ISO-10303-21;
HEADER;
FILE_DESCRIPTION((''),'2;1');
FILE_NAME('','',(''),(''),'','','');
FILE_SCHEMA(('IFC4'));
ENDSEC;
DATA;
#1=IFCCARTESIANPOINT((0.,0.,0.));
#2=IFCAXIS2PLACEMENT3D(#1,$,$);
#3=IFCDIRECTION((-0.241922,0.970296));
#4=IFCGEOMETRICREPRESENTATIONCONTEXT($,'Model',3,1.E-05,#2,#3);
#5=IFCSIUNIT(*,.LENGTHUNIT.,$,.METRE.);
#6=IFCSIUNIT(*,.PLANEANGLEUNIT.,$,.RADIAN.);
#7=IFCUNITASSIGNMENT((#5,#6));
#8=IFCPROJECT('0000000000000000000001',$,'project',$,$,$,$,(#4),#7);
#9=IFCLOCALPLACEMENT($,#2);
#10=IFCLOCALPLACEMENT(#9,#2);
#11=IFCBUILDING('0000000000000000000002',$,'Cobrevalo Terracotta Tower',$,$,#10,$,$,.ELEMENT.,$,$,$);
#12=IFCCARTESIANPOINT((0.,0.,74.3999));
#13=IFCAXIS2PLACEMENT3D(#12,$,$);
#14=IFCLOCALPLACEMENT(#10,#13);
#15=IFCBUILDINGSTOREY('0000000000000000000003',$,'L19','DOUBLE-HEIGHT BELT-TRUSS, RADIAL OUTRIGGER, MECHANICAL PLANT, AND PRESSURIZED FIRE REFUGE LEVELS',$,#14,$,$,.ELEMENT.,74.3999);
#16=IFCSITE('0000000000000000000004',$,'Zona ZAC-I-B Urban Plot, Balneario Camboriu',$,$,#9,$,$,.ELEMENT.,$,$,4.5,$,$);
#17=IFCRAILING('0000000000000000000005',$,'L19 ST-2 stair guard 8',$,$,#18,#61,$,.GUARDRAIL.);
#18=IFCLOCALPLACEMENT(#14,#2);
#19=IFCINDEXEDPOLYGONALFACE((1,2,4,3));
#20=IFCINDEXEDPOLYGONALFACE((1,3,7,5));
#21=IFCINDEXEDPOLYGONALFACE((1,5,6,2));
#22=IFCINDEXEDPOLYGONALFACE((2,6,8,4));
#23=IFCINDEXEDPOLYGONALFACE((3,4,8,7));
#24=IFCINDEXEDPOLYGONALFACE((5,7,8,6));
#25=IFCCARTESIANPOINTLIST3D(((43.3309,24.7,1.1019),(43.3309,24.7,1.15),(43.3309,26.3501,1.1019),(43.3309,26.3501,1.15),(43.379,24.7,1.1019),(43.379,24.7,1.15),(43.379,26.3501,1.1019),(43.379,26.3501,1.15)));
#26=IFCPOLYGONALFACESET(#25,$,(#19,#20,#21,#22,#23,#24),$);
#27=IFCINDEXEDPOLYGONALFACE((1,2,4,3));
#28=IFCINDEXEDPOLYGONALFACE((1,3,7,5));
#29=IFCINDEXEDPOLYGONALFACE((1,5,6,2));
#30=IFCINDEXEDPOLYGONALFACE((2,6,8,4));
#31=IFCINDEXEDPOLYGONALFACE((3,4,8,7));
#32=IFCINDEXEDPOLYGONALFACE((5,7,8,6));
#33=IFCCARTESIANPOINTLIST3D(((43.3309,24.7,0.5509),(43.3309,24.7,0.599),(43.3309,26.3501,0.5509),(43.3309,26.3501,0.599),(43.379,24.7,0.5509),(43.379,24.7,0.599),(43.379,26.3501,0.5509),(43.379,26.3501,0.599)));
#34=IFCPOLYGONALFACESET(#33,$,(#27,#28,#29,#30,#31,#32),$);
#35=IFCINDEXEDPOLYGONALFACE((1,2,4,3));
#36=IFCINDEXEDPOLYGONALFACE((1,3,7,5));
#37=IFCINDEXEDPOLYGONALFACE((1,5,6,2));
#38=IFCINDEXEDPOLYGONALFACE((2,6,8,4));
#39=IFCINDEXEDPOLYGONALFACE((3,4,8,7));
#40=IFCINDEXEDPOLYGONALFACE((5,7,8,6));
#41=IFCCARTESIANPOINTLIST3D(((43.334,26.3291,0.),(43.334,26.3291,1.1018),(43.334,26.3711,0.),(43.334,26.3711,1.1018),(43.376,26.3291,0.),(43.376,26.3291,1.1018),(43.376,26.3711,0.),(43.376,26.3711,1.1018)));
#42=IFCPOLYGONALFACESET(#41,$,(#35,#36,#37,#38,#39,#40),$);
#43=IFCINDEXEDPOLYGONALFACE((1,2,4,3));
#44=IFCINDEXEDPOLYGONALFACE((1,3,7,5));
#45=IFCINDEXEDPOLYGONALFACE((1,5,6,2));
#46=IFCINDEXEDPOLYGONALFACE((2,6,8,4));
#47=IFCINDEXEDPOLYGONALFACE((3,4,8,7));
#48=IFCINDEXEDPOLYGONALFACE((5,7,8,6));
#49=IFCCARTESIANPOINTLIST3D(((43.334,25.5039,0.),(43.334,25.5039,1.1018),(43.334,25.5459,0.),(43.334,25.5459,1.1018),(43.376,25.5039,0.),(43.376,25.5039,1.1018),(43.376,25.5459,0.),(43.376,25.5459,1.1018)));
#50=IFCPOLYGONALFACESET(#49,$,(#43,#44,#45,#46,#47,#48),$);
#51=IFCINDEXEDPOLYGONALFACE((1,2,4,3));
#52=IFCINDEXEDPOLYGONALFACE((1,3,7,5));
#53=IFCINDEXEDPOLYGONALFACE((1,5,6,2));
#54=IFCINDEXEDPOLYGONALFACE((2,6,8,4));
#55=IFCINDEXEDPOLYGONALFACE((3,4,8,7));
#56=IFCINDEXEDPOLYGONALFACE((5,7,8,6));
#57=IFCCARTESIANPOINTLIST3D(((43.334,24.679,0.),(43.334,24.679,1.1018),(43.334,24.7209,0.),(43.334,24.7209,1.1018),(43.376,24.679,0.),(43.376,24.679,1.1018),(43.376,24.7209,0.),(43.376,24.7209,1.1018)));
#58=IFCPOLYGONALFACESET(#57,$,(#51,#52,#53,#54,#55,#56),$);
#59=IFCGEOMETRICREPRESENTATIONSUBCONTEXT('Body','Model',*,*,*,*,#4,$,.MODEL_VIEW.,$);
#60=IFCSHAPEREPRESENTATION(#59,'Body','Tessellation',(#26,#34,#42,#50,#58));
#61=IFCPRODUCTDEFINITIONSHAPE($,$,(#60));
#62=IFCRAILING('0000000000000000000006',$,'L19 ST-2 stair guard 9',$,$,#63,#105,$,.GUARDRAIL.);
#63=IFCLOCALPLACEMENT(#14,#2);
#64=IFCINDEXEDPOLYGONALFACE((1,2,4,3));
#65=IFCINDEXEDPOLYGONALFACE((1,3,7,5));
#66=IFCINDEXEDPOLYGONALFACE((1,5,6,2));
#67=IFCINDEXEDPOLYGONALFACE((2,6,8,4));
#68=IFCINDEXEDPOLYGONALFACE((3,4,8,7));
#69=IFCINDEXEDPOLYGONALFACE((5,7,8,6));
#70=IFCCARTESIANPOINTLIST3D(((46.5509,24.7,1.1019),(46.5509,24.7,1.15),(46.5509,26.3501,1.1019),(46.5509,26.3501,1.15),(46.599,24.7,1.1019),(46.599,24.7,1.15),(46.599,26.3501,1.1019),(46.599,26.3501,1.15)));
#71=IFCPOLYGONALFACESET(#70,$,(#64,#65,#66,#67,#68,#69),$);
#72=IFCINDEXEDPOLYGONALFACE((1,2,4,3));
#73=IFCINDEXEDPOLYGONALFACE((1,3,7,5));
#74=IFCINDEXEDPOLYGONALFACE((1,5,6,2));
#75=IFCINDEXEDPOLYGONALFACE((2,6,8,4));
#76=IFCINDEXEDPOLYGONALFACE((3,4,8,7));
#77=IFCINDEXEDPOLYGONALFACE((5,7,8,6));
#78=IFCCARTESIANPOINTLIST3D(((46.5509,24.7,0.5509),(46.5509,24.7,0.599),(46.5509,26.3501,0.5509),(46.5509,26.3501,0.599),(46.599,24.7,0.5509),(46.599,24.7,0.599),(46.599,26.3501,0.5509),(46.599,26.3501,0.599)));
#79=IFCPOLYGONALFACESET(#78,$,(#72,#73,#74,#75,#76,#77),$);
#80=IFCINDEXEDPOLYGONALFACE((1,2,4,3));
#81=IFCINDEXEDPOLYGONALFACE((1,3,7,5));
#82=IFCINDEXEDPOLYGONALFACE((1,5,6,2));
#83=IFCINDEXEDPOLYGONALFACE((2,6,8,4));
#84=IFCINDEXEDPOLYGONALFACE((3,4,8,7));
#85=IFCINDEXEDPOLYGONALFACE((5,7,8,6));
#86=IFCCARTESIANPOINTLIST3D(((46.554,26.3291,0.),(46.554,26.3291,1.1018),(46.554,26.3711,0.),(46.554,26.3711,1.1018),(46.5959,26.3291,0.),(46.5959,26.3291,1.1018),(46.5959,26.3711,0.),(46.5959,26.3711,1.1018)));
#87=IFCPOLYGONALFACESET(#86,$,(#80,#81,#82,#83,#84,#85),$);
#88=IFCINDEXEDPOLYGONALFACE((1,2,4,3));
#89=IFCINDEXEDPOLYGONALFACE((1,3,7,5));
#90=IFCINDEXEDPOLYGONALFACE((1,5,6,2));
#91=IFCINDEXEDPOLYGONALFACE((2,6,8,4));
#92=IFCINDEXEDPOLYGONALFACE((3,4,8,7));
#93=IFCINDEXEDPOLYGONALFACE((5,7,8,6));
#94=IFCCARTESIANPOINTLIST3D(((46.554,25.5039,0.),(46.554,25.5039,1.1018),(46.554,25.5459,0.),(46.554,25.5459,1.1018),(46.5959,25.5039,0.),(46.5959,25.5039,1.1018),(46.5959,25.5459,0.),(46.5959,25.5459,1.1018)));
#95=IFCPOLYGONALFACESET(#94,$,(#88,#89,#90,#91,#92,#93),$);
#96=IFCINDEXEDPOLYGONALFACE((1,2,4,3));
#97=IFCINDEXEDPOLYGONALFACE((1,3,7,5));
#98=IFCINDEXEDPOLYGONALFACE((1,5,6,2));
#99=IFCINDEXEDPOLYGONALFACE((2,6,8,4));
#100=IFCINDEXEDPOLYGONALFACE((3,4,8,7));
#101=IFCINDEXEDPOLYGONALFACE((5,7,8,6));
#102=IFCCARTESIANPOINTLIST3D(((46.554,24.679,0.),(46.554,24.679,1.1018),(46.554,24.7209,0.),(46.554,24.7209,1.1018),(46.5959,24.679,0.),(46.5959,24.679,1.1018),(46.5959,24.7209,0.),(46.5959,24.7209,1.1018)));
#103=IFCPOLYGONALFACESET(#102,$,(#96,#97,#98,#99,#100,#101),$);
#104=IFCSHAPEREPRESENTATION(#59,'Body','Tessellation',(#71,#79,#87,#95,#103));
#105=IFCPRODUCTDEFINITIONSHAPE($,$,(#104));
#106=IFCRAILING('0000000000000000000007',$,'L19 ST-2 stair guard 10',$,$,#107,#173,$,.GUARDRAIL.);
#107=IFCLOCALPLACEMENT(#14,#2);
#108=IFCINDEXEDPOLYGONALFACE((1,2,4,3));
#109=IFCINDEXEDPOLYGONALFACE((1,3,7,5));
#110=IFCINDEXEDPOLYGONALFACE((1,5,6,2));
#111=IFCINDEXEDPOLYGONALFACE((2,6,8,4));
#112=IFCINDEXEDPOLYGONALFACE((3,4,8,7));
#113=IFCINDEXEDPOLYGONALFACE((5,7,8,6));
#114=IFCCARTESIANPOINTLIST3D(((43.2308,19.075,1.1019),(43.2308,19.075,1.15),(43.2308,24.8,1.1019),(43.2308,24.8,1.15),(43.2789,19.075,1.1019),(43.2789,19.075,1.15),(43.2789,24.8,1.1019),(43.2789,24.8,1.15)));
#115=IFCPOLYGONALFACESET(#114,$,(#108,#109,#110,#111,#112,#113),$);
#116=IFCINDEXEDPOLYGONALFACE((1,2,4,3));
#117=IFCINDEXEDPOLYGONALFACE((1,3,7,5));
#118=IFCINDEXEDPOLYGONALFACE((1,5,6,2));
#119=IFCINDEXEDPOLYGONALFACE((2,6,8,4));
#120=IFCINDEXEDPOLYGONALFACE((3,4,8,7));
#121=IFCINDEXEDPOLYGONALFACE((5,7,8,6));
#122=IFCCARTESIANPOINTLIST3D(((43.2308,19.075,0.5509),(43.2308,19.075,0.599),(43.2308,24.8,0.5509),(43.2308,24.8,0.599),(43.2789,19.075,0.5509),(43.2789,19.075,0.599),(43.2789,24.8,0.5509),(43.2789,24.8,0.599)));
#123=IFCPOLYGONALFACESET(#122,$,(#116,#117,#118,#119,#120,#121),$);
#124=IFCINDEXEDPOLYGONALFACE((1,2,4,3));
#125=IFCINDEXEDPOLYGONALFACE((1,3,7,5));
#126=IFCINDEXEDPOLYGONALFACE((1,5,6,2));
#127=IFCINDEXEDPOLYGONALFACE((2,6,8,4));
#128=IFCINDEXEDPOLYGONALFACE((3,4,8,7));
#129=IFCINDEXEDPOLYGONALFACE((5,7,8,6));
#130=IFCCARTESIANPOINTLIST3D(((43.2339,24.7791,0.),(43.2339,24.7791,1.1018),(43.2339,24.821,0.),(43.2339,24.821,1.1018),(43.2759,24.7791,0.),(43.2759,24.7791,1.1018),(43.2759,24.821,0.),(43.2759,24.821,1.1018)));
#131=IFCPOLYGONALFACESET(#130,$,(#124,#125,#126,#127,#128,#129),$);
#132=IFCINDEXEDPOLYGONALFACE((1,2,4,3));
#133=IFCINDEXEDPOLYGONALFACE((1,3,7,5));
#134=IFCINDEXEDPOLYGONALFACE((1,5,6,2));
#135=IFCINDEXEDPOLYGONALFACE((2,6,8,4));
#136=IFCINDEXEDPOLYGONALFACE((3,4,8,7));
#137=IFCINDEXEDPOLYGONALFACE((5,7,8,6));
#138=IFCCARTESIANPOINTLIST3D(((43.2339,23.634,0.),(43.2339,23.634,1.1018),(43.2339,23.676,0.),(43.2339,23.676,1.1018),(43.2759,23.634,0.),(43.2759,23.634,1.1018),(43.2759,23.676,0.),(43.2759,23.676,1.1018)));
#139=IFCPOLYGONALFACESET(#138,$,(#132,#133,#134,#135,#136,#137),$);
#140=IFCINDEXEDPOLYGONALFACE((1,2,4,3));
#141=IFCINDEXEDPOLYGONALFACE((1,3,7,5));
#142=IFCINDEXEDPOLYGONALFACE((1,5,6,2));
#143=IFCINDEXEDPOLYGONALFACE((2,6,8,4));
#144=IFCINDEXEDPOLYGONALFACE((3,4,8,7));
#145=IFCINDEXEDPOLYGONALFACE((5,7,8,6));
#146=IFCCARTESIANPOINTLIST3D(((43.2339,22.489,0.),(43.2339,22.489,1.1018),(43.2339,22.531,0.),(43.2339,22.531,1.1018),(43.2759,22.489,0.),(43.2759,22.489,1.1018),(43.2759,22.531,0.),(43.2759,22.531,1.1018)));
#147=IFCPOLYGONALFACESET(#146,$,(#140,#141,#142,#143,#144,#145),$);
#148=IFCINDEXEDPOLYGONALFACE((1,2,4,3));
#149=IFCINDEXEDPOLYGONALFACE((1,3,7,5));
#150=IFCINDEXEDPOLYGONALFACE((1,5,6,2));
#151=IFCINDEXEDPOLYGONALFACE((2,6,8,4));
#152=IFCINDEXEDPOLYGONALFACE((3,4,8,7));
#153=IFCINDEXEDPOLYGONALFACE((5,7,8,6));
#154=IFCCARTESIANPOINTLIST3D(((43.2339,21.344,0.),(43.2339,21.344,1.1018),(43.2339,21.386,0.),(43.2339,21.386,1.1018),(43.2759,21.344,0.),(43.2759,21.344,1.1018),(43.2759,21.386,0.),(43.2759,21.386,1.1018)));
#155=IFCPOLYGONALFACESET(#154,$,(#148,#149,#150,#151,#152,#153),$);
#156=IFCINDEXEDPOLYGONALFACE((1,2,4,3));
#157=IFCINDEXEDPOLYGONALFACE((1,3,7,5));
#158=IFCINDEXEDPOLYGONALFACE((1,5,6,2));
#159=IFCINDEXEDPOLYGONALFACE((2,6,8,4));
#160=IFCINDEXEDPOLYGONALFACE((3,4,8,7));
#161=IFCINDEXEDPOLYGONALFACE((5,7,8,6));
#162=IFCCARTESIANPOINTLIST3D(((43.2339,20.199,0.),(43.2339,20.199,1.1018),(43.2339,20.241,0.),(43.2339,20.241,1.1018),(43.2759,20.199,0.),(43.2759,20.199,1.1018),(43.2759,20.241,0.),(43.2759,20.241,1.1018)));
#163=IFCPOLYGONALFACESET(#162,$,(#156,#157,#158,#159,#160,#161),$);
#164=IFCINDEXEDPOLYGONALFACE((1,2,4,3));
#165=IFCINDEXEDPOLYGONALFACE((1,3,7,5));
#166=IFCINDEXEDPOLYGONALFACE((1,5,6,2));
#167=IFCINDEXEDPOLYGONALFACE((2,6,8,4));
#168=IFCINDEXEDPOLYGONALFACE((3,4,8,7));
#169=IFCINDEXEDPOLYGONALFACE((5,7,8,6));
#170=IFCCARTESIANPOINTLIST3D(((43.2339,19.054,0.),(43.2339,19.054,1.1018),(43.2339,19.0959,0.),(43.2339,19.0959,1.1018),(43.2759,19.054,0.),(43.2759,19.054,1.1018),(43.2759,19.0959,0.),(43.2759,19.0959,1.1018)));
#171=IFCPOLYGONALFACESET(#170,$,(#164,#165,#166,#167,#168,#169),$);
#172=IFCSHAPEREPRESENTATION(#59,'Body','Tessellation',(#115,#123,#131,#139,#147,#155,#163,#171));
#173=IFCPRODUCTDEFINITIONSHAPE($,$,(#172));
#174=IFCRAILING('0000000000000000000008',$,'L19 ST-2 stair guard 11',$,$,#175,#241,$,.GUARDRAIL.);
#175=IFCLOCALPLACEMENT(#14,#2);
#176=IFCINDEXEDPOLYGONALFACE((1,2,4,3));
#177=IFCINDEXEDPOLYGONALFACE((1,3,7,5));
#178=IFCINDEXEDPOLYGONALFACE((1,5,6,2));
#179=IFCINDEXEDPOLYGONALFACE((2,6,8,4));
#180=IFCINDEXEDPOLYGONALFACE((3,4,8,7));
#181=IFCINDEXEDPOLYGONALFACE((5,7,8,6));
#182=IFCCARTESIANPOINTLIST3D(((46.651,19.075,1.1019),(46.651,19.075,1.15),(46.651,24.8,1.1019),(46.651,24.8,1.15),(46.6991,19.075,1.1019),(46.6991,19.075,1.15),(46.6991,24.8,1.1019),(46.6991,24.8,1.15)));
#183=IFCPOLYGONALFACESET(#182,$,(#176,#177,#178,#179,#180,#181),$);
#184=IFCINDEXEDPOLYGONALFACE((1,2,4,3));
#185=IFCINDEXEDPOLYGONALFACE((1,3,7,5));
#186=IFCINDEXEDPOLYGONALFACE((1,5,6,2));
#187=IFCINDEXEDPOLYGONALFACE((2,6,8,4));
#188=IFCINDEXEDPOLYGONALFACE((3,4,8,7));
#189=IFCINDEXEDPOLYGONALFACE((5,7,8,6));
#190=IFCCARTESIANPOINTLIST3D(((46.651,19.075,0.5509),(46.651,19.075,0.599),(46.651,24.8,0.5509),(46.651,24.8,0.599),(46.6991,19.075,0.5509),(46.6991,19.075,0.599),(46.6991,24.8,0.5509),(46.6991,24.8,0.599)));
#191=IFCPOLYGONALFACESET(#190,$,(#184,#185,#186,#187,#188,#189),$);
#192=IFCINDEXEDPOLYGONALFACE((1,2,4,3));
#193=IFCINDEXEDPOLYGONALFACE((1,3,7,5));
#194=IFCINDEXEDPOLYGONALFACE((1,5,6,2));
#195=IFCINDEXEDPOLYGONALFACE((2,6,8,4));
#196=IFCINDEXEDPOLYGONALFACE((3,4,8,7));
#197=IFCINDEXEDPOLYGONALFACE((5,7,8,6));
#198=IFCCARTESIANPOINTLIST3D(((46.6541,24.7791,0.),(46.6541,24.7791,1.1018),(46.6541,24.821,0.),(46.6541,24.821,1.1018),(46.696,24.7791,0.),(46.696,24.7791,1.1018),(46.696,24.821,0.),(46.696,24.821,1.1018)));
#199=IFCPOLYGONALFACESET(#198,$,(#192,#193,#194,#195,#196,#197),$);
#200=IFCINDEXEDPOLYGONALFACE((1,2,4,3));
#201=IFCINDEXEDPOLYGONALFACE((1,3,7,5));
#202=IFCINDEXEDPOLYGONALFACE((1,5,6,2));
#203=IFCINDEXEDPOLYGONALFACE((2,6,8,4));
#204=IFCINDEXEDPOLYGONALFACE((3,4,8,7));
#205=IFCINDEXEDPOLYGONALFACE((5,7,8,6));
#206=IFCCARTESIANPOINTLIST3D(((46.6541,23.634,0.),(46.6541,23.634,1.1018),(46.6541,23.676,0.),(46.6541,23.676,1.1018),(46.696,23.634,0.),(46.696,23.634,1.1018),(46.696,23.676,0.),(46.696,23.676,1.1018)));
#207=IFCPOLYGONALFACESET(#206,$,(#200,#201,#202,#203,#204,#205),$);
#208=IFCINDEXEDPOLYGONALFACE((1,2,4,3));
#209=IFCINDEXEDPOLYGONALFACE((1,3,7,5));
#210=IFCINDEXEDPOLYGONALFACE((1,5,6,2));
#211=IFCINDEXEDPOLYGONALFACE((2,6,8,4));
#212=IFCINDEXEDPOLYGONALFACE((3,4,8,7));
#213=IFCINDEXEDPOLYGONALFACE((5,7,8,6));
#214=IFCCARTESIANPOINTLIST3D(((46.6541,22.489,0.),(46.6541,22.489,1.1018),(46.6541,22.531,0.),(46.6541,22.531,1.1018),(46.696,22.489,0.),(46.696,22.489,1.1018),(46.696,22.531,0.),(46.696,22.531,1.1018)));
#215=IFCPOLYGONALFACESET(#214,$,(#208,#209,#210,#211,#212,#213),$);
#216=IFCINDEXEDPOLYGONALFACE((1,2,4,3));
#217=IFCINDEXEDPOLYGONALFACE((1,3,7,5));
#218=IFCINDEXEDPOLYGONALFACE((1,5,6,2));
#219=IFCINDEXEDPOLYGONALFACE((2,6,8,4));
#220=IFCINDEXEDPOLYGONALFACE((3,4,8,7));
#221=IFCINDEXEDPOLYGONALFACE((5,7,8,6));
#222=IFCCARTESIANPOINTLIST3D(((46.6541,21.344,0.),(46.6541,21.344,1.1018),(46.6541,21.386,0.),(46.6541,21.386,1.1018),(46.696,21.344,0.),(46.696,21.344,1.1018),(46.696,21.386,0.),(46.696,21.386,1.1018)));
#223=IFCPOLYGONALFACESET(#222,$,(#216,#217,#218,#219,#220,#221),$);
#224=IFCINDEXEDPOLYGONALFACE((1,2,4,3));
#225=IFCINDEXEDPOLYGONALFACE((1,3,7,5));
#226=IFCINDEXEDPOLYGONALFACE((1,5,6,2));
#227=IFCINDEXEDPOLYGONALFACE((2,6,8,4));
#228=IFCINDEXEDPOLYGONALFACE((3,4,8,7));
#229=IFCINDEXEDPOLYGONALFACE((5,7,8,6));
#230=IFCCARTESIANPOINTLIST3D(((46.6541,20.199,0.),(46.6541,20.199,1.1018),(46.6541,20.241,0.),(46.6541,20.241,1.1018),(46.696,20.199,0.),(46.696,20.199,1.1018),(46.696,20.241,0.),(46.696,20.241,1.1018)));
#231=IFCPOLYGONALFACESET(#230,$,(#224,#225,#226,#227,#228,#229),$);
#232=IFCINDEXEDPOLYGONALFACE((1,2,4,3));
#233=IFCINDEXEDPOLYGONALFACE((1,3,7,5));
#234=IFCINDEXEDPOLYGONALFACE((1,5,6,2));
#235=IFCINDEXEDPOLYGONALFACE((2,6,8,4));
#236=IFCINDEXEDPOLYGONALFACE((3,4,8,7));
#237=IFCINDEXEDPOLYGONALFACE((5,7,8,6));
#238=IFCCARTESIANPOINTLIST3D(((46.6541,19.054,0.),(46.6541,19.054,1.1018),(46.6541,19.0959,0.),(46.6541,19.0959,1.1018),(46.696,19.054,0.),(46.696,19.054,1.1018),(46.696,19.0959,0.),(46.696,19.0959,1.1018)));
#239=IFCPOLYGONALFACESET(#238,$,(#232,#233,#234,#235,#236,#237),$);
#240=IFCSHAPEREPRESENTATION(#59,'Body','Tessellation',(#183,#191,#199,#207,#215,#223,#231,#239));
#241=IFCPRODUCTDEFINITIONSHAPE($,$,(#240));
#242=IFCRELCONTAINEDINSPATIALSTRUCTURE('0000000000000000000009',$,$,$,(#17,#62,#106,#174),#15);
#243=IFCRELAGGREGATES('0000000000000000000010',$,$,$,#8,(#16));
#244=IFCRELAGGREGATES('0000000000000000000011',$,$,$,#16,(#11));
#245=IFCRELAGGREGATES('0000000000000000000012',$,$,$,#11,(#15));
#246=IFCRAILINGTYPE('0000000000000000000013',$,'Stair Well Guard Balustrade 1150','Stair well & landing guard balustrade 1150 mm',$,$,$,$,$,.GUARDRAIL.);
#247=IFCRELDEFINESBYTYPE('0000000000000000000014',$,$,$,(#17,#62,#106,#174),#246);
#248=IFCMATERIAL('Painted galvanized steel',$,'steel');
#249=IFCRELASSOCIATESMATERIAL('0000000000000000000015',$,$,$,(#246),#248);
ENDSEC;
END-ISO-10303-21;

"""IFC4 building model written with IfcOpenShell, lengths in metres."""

from ifc_helpers import new_model, si_unit, direction, frame, origin, origin_2d, place, context, subcontext, project, spatial, rectangle, extrude, material, type_object, element, save


model = new_model("IFC4")

# Units and contexts
model_context = context("Model", 3, precision=1e-05, world=origin(), true_north=direction((-0.241922, 0.970296)))
body_context = subcontext(model_context, "Body", "Model", "MODEL_VIEW")
ifc_project = project(units=[si_unit("LENGTHUNIT", "METRE"), si_unit("PLANEANGLEUNIT", "RADIAN")], contexts=[model_context])

# Site, building, storey
site_placement = place(None, origin())
site = spatial("IfcSite", under=ifc_project, at=site_placement, Name="Zona ZAC-I-B Urban Plot, Balneario Camboriu", CompositionType="ELEMENT", RefElevation=4.5)
building_placement = place(site_placement, origin())
building = spatial("IfcBuilding", under=site, at=building_placement, Name="Cobrevalo Terracotta Tower", CompositionType="ELEMENT")
storey_placement = place(building_placement, frame((0.0, 0.0, 74.3999)))
storey = spatial("IfcBuildingStorey", under=building, at=storey_placement, Name="L19", Description="DOUBLE-HEIGHT BELT-TRUSS, RADIAL OUTRIGGER, MECHANICAL PLANT, AND PRESSURIZED FIRE REFUGE LEVELS", CompositionType="ELEMENT", Elevation=74.3999)

# Railings
ifc_material_1 = material(Name="Painted galvanized steel", Category="steel")
railing_type = type_object("IfcRailingType", Name="Stair Well Guard Balustrade 1150", Description="Stair well & landing guard balustrade 1150 mm", PredefinedType="GUARDRAIL", material=ifc_material_1)
for number, where, name in (
    (1, (43.355, 26.3501, 0.0), "L19 ST-2 stair guard 8"),
    (2, (46.575, 26.3501, 0.0), "L19 ST-2 stair guard 9"),
):
    element("IfcRailing", number, at=place(storey_placement, frame(where)), inside=storey, type_object=railing_type, Name=name, PredefinedType="GUARDRAIL", context=body_context, shape_type="SweptSolid", body=[
        extrude(rectangle(XDim=0.0481, YDim=0.0481, at=origin_2d()), frame((0.0, 0.0, 1.126), z_axis=(0.0, -1.0, 0.0), x_axis=(1.0, 0.0, 0.0)), (0.0, 0.0, 1.0), 1.6501),
        extrude(rectangle(XDim=0.0481, YDim=0.0481, at=origin_2d()), frame((0.0, 0.0, 0.575), z_axis=(0.0, -1.0, 0.0), x_axis=(1.0, 0.0, 0.0)), (0.0, 0.0, 1.0), 1.6501),
        extrude(rectangle(XDim=0.042, YDim=0.042, at=origin_2d()), origin(), (0.0, 0.0, 1.0), 1.1018),
        extrude(rectangle(XDim=0.042, YDim=0.042, at=origin_2d()), frame((0.0, -0.8252, 0.0)), (0.0, 0.0, 1.0), 1.1018),
        extrude(rectangle(XDim=0.042, YDim=0.042, at=origin_2d()), frame((0.0, -1.6501, 0.0)), (0.0, 0.0, 1.0), 1.1018),
    ])
for number, where, name in (
    (3, (43.2549, 24.8, 0.0), "L19 ST-2 stair guard 10"),
    (4, (46.675, 24.8, 0.0), "L19 ST-2 stair guard 11"),
):
    element("IfcRailing", number, at=place(storey_placement, frame(where)), inside=storey, type_object=railing_type, Name=name, PredefinedType="GUARDRAIL", context=body_context, shape_type="SweptSolid", body=[
        extrude(rectangle(XDim=0.0481, YDim=0.0481, at=origin_2d()), frame((0.0, 0.0, 1.126), z_axis=(0.0, -1.0, 0.0), x_axis=(1.0, 0.0, 0.0)), (0.0, 0.0, 1.0), 5.7251),
        extrude(rectangle(XDim=0.0481, YDim=0.0481, at=origin_2d()), frame((0.0, 0.0, 0.575), z_axis=(0.0, -1.0, 0.0), x_axis=(1.0, 0.0, 0.0)), (0.0, 0.0, 1.0), 5.7251),
        extrude(rectangle(XDim=0.042, YDim=0.042, at=origin_2d()), origin(), (0.0, 0.0, 1.0), 1.1018),
        extrude(rectangle(XDim=0.042, YDim=0.042, at=origin_2d()), frame((0.0, -1.145, 0.0)), (0.0, 0.0, 1.0), 1.1018),
        extrude(rectangle(XDim=0.042, YDim=0.042, at=origin_2d()), frame((0.0, -2.29, 0.0)), (0.0, 0.0, 1.0), 1.1018),
        extrude(rectangle(XDim=0.042, YDim=0.042, at=origin_2d()), frame((0.0, -3.4351, 0.0)), (0.0, 0.0, 1.0), 1.1018),
        extrude(rectangle(XDim=0.042, YDim=0.042, at=origin_2d()), frame((0.0, -4.5801, 0.0)), (0.0, 0.0, 1.0), 1.1018),
        extrude(rectangle(XDim=0.042, YDim=0.042, at=origin_2d()), frame((0.0, -5.7251, 0.0)), (0.0, 0.0, 1.0), 1.1018),
    ])

save(model, "model.ifc")
